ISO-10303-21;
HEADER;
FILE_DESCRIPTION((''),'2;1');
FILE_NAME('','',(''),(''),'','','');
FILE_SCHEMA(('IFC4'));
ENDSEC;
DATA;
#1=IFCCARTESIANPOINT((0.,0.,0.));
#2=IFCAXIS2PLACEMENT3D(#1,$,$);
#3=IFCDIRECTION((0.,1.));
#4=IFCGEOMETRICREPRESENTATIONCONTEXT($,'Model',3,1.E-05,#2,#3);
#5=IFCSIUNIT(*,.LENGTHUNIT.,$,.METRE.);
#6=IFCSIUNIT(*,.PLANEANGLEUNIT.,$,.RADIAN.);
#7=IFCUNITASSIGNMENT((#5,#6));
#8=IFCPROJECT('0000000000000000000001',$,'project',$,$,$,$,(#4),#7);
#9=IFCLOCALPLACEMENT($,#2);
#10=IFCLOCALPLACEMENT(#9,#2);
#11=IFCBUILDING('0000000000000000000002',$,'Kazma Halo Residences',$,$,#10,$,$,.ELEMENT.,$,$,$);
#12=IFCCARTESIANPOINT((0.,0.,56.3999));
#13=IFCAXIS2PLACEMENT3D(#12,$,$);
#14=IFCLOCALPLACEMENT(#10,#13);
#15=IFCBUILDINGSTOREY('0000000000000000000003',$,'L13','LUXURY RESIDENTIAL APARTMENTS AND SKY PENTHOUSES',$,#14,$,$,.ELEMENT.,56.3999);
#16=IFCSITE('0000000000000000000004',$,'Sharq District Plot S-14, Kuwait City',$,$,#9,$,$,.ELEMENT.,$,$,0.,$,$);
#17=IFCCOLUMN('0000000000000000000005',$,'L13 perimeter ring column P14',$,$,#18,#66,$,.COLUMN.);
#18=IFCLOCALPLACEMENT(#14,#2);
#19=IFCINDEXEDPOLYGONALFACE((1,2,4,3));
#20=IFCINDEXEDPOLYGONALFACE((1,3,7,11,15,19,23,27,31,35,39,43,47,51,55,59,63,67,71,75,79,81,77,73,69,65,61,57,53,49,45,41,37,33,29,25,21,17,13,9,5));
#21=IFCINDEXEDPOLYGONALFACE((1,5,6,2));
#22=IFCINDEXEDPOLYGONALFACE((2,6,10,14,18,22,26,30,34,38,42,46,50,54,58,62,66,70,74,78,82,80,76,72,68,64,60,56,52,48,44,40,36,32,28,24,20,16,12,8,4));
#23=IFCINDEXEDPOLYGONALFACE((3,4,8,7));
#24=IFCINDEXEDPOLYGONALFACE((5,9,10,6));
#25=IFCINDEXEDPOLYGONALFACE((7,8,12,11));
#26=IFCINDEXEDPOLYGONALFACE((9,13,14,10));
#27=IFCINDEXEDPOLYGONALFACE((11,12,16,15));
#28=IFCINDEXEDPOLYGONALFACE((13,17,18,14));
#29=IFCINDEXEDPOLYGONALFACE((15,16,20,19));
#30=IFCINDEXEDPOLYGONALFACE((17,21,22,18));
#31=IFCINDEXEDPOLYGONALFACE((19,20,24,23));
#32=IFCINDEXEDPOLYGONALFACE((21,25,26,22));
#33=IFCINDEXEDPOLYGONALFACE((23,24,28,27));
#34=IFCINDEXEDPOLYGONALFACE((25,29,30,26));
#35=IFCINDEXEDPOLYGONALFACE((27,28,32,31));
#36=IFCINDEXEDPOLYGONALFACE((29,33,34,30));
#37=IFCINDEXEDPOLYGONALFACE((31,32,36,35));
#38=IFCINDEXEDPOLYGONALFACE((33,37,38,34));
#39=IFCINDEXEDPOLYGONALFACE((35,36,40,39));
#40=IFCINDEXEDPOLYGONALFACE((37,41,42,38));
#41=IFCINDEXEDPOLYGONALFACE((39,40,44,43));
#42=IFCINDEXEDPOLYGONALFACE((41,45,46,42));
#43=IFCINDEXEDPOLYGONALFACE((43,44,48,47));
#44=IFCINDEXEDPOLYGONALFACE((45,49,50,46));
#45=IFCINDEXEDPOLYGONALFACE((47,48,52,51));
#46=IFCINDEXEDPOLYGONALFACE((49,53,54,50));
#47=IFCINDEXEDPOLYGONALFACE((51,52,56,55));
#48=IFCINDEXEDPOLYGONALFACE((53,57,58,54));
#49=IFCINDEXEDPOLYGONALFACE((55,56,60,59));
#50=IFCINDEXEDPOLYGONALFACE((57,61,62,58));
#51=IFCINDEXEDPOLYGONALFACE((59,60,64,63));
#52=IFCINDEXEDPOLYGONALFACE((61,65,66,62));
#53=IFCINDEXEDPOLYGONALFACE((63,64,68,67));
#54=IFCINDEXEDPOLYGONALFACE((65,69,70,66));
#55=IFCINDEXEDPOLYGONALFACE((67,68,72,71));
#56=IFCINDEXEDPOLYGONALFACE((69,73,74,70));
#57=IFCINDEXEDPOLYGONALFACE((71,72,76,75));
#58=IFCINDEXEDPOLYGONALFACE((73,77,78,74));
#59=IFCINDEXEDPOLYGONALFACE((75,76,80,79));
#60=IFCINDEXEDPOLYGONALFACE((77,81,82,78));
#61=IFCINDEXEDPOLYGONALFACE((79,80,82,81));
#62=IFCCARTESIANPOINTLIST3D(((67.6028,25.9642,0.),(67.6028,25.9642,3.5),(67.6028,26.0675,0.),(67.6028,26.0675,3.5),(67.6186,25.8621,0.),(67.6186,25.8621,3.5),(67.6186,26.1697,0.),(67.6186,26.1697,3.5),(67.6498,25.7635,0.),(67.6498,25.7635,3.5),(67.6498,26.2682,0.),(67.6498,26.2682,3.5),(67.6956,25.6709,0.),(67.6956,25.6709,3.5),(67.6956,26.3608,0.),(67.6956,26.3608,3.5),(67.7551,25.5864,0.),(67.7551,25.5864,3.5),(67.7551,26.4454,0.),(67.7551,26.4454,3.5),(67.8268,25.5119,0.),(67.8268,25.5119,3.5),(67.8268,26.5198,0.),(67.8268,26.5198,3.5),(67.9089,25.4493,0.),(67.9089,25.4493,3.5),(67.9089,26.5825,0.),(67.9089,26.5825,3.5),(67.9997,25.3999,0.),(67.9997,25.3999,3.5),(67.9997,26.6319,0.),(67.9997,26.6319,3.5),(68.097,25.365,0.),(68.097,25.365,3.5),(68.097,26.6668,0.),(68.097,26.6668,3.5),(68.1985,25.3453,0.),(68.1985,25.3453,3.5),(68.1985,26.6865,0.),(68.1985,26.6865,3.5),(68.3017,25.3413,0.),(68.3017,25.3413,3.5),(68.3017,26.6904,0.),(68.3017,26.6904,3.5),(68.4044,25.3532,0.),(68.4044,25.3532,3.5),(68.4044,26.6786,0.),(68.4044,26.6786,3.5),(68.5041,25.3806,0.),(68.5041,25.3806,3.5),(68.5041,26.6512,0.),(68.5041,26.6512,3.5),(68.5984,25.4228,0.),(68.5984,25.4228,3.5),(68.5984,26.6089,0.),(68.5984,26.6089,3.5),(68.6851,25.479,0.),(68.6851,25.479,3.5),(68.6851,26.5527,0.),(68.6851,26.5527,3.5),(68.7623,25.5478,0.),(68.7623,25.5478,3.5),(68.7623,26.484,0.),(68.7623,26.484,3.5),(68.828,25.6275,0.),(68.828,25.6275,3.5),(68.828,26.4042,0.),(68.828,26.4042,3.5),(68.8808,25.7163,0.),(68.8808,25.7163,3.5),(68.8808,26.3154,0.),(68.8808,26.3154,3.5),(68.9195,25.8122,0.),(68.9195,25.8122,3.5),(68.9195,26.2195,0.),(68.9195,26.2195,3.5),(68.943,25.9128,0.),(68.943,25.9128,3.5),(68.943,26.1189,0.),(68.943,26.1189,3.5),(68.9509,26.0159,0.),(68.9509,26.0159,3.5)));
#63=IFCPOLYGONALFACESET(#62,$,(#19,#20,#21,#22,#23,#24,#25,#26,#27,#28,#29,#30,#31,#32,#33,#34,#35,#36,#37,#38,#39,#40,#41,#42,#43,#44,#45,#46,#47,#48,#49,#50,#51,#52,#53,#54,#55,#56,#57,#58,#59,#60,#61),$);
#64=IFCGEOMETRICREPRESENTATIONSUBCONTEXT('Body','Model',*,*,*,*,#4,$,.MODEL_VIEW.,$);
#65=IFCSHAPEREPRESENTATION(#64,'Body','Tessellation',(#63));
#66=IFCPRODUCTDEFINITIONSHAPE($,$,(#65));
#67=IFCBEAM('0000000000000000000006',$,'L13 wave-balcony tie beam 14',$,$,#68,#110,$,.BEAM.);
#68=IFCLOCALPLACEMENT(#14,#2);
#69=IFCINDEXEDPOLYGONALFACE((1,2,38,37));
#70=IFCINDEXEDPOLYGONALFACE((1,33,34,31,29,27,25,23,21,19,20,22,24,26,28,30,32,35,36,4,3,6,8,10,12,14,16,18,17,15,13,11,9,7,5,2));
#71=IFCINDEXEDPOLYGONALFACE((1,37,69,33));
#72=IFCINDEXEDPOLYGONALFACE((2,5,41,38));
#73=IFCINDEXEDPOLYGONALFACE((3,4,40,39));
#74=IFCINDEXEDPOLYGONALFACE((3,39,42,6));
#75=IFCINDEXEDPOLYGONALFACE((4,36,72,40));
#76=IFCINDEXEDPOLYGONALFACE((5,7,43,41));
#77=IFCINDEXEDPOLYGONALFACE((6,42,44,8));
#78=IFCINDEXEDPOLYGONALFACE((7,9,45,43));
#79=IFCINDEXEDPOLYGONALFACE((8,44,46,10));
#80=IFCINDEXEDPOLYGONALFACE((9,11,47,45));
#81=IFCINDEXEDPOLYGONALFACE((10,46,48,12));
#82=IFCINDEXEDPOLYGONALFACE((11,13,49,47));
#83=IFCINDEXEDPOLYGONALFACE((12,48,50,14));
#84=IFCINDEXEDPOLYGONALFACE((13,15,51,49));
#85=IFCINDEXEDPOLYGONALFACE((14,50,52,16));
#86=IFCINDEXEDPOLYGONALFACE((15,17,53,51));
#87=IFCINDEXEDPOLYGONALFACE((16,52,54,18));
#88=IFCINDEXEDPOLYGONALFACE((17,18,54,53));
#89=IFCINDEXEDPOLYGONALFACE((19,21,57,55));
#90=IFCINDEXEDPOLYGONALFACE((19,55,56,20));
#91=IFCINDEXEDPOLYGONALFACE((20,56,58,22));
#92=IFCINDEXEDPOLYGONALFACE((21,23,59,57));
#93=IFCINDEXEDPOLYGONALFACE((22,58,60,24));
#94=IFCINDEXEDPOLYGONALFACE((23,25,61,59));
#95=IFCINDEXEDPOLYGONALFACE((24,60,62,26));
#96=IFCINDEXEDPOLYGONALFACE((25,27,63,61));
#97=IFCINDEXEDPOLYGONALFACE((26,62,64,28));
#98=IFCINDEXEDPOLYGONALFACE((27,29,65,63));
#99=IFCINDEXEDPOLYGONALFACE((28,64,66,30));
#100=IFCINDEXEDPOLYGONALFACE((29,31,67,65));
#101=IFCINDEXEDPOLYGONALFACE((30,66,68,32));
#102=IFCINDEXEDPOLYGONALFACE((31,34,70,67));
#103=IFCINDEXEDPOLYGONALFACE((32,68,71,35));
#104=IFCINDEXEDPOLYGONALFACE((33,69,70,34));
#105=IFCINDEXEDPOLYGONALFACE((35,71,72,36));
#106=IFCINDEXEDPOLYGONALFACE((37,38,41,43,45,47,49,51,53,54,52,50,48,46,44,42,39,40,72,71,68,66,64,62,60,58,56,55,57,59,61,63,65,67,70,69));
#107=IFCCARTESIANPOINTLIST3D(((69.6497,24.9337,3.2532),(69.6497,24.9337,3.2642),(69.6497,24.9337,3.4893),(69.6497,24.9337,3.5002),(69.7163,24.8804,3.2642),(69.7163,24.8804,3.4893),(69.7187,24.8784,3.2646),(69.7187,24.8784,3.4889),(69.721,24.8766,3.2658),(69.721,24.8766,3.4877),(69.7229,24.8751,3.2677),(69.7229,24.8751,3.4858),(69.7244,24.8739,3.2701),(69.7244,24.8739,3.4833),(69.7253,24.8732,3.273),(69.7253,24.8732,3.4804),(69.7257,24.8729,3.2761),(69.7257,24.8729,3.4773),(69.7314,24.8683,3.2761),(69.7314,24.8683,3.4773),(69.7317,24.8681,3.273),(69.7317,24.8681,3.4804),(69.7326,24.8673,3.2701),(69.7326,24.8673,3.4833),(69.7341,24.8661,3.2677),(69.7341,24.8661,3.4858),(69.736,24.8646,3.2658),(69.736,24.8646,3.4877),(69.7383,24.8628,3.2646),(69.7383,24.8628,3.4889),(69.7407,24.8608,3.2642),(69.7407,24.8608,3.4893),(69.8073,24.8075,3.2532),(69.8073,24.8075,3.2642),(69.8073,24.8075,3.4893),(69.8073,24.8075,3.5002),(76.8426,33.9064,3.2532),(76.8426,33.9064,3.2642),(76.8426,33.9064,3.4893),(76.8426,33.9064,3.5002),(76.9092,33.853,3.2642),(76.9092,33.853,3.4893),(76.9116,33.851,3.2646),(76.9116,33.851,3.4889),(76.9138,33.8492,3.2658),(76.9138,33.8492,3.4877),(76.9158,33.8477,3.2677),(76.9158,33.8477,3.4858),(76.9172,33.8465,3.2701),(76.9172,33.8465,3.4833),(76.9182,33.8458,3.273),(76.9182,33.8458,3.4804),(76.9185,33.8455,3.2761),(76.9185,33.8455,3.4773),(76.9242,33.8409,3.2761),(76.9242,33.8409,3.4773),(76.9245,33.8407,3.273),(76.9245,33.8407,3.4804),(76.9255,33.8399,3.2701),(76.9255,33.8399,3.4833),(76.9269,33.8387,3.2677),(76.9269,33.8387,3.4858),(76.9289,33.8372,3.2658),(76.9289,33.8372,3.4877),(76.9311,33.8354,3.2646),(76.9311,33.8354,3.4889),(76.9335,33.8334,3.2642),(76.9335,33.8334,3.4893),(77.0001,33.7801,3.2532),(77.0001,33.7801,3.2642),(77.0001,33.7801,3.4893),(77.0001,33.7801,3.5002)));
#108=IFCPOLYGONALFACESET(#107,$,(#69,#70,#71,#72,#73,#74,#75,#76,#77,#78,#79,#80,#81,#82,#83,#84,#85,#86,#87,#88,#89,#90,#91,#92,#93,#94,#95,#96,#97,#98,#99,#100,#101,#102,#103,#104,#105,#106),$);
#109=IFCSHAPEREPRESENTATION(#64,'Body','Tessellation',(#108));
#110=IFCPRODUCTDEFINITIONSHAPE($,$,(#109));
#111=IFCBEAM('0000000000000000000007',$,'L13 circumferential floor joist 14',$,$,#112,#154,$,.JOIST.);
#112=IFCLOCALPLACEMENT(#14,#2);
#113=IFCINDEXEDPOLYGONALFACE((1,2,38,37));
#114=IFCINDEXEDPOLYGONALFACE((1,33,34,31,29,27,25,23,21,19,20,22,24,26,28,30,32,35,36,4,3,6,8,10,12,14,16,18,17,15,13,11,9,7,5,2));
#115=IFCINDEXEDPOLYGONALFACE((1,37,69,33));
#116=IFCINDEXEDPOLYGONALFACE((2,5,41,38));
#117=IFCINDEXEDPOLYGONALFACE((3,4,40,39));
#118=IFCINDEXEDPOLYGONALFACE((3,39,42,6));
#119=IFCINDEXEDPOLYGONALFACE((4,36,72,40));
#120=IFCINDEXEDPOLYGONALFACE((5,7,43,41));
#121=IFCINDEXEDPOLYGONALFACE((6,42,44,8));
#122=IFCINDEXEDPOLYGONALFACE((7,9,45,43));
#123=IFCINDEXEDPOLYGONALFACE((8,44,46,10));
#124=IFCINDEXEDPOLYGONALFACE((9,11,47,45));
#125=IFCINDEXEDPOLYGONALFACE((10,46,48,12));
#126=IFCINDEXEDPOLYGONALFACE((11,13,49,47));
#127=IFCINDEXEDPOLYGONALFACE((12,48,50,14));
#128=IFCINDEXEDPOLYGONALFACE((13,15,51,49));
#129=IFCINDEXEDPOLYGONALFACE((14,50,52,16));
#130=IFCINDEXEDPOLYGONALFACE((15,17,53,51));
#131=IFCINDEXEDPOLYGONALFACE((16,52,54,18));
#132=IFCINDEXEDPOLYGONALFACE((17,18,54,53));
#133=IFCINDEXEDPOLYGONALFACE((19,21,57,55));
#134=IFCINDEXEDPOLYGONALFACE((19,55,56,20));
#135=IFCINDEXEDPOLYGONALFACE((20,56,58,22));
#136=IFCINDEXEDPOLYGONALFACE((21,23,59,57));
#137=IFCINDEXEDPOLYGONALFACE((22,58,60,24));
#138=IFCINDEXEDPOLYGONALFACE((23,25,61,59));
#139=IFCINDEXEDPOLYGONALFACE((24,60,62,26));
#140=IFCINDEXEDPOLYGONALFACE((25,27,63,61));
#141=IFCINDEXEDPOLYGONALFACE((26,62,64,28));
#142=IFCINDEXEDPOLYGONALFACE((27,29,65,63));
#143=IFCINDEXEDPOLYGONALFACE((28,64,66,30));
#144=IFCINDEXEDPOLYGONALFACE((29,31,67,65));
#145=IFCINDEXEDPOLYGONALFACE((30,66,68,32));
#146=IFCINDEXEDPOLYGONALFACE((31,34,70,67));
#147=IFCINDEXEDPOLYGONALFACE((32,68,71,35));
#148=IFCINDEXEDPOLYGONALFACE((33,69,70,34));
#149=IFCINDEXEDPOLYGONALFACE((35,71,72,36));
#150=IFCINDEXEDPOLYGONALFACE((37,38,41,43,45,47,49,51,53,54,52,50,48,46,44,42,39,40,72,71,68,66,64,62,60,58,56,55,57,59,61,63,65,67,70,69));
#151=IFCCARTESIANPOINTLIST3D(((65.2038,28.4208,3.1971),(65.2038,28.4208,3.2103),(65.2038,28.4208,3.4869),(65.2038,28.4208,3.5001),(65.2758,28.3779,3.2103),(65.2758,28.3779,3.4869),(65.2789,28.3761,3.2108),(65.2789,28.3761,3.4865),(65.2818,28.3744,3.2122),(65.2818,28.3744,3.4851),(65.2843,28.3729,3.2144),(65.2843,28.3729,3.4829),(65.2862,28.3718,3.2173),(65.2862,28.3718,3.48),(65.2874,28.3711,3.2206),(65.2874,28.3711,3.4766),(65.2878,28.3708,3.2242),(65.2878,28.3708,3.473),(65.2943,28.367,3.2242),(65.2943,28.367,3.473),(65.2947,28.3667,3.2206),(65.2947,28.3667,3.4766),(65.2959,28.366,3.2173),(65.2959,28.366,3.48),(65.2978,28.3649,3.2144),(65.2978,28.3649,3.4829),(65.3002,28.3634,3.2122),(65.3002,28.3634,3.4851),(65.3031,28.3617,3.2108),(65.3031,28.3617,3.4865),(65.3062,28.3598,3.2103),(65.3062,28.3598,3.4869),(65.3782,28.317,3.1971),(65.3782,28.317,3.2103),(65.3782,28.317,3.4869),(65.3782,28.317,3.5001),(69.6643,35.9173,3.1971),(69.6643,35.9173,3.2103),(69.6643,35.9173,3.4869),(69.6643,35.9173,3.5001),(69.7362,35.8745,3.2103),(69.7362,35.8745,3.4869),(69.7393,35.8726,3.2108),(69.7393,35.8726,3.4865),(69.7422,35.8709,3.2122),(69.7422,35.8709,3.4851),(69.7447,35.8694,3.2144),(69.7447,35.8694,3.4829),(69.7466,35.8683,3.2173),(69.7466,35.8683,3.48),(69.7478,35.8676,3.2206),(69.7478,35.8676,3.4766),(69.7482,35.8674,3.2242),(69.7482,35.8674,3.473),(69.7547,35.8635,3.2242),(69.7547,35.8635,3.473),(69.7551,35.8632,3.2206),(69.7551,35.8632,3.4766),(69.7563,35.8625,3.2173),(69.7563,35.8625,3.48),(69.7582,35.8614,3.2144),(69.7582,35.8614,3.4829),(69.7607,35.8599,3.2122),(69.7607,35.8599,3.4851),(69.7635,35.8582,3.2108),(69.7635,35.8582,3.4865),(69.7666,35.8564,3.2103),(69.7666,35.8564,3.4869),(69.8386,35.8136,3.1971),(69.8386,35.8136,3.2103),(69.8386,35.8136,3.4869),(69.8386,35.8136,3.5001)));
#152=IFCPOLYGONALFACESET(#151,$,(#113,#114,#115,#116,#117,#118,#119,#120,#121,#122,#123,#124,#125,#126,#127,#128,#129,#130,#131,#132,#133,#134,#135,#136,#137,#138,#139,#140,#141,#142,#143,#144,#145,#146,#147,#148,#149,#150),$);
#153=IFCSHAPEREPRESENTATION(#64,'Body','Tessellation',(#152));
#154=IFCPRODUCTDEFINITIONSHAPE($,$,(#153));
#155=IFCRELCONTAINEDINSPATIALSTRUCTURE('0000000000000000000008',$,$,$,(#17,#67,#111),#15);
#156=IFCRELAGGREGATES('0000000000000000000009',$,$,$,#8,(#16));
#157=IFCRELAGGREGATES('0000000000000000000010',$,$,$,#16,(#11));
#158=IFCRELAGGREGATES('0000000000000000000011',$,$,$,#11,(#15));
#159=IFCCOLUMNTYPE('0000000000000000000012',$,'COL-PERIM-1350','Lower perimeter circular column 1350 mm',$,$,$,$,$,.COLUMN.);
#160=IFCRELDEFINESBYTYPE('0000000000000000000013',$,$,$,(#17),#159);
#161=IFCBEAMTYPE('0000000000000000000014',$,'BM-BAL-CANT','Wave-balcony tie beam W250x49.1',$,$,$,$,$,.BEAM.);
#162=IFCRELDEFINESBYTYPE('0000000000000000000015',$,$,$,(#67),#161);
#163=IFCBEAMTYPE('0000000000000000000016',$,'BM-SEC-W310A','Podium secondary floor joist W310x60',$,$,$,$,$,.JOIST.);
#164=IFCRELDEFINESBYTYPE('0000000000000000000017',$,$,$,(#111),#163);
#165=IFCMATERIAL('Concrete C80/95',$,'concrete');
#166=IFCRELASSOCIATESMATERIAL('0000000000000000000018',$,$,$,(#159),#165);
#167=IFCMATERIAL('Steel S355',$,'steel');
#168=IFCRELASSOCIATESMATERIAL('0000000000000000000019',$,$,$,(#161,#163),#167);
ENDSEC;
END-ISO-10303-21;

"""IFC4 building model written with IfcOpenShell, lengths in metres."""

from ifc_helpers import new_model, si_unit, direction, frame, origin, origin_2d, place, context, subcontext, project, spatial, circle, i_section, extrude, material, material_profile, profile_set, type_object, element, save


model = new_model("IFC4")

# Units and contexts
model_context = context("Model", 3, precision=1e-05, world=origin(), true_north=direction((0.0, 1.0)))
body_context = subcontext(model_context, "Body", "Model", "MODEL_VIEW")
ifc_project = project(units=[si_unit("LENGTHUNIT", "METRE"), si_unit("PLANEANGLEUNIT", "RADIAN")], contexts=[model_context])

# Site, building, storey
site_placement = place(None, origin())
site = spatial("IfcSite", under=ifc_project, at=site_placement, Name="Sharq District Plot S-14, Kuwait City", CompositionType="ELEMENT", RefElevation=0.0)
building_placement = place(site_placement, origin())
building = spatial("IfcBuilding", under=site, at=building_placement, Name="Kazma Halo Residences", CompositionType="ELEMENT")
storey_placement = place(building_placement, frame((0.0, 0.0, 56.3999)))
storey = spatial("IfcBuildingStorey", under=building, at=storey_placement, Name="L13", Description="LUXURY RESIDENTIAL APARTMENTS AND SKY PENTHOUSES", CompositionType="ELEMENT", Elevation=56.3999)

# Column
ifc_material_1 = material(Name="Concrete C80/95", Category="concrete")
ifc_material_profile_1 = material_profile(ifc_material_1, circle(Radius=0.675, at=origin_2d()), Name="CIRC1350")
ifc_profile_set_1 = profile_set([ifc_material_profile_1], Name="Concrete C80/95")
column_type = type_object("IfcColumnType", Name="COL-PERIM-1350", Description="Lower perimeter circular column 1350 mm", PredefinedType="COLUMN", material=ifc_profile_set_1)
column_placement = place(storey_placement, frame((68.2759, 26.0159, 0.0), z_axis=(0.0, 0.0, 1.0), x_axis=(1.0, 0.0, 0.0)))
element("IfcColumn", 1, at=column_placement, inside=storey, type_object=column_type, Name="L13 perimeter ring column P14", PredefinedType="COLUMN", context=body_context, shape_type="SweptSolid", body=[
    extrude(circle(Radius=0.675, at=origin_2d()), origin(), (0.0, 0.0, 1.0), 3.5),
])

# Beams
ifc_material_2 = material(Name="Steel S355", Category="steel")
ifc_material_profile_2 = material_profile(ifc_material_2, i_section(OverallWidth=0.2019, OverallDepth=0.2471, WebThickness=0.0073, FlangeThickness=0.011, FilletRadius=0.012, at=origin_2d()), Name="W250x49.1")
ifc_profile_set_2 = profile_set([ifc_material_profile_2], Name="Steel S355")
beam_type_1 = type_object("IfcBeamType", Name="BM-BAL-CANT", Description="Wave-balcony tie beam W250x49.1", PredefinedType="BEAM", material=ifc_profile_set_2)
beam_1_placement = place(storey_placement, frame((69.7285, 24.8706, 3.3767), z_axis=(0.625477, 0.780243, 0.0), x_axis=(-0.780243, 0.625477, 0.0)))
element("IfcBeam", 2, at=beam_1_placement, inside=storey, type_object=beam_type_1, Name="L13 wave-balcony tie beam 14", PredefinedType="BEAM", context=body_context, shape_type="SweptSolid", body=[
    extrude(i_section(OverallWidth=0.2019, OverallDepth=0.2471, WebThickness=0.0073, FlangeThickness=0.011, FilletRadius=0.012, at=origin_2d()), origin(), (0.0, 0.0, 1.0), 11.4998),
])
ifc_material_profile_3 = material_profile(ifc_material_2, i_section(OverallWidth=0.2029, OverallDepth=0.303, WebThickness=0.0076, FlangeThickness=0.0132, FilletRadius=0.0139, at=origin_2d()), Name="W310x60")
ifc_profile_set_3 = profile_set([ifc_material_profile_3], Name="Steel S355")
beam_type_2 = type_object("IfcBeamType", Name="BM-SEC-W310A", Description="Podium secondary floor joist W310x60", PredefinedType="JOIST", material=ifc_profile_set_3)
beam_2_placement = place(storey_placement, frame((65.291, 28.3689, 3.3486), z_axis=(0.511331, 0.859384, 0.0), x_axis=(-0.859384, 0.511331, 0.0)))
element("IfcBeam", 3, at=beam_2_placement, inside=storey, type_object=beam_type_2, Name="L13 circumferential floor joist 14", PredefinedType="JOIST", context=body_context, shape_type="SweptSolid", body=[
    extrude(i_section(OverallWidth=0.2029, OverallDepth=0.303, WebThickness=0.0076, FlangeThickness=0.0132, FilletRadius=0.0139, at=origin_2d()), origin(), (0.0, 0.0, 1.0), 8.7231),
])

save(model, "model.ifc")
